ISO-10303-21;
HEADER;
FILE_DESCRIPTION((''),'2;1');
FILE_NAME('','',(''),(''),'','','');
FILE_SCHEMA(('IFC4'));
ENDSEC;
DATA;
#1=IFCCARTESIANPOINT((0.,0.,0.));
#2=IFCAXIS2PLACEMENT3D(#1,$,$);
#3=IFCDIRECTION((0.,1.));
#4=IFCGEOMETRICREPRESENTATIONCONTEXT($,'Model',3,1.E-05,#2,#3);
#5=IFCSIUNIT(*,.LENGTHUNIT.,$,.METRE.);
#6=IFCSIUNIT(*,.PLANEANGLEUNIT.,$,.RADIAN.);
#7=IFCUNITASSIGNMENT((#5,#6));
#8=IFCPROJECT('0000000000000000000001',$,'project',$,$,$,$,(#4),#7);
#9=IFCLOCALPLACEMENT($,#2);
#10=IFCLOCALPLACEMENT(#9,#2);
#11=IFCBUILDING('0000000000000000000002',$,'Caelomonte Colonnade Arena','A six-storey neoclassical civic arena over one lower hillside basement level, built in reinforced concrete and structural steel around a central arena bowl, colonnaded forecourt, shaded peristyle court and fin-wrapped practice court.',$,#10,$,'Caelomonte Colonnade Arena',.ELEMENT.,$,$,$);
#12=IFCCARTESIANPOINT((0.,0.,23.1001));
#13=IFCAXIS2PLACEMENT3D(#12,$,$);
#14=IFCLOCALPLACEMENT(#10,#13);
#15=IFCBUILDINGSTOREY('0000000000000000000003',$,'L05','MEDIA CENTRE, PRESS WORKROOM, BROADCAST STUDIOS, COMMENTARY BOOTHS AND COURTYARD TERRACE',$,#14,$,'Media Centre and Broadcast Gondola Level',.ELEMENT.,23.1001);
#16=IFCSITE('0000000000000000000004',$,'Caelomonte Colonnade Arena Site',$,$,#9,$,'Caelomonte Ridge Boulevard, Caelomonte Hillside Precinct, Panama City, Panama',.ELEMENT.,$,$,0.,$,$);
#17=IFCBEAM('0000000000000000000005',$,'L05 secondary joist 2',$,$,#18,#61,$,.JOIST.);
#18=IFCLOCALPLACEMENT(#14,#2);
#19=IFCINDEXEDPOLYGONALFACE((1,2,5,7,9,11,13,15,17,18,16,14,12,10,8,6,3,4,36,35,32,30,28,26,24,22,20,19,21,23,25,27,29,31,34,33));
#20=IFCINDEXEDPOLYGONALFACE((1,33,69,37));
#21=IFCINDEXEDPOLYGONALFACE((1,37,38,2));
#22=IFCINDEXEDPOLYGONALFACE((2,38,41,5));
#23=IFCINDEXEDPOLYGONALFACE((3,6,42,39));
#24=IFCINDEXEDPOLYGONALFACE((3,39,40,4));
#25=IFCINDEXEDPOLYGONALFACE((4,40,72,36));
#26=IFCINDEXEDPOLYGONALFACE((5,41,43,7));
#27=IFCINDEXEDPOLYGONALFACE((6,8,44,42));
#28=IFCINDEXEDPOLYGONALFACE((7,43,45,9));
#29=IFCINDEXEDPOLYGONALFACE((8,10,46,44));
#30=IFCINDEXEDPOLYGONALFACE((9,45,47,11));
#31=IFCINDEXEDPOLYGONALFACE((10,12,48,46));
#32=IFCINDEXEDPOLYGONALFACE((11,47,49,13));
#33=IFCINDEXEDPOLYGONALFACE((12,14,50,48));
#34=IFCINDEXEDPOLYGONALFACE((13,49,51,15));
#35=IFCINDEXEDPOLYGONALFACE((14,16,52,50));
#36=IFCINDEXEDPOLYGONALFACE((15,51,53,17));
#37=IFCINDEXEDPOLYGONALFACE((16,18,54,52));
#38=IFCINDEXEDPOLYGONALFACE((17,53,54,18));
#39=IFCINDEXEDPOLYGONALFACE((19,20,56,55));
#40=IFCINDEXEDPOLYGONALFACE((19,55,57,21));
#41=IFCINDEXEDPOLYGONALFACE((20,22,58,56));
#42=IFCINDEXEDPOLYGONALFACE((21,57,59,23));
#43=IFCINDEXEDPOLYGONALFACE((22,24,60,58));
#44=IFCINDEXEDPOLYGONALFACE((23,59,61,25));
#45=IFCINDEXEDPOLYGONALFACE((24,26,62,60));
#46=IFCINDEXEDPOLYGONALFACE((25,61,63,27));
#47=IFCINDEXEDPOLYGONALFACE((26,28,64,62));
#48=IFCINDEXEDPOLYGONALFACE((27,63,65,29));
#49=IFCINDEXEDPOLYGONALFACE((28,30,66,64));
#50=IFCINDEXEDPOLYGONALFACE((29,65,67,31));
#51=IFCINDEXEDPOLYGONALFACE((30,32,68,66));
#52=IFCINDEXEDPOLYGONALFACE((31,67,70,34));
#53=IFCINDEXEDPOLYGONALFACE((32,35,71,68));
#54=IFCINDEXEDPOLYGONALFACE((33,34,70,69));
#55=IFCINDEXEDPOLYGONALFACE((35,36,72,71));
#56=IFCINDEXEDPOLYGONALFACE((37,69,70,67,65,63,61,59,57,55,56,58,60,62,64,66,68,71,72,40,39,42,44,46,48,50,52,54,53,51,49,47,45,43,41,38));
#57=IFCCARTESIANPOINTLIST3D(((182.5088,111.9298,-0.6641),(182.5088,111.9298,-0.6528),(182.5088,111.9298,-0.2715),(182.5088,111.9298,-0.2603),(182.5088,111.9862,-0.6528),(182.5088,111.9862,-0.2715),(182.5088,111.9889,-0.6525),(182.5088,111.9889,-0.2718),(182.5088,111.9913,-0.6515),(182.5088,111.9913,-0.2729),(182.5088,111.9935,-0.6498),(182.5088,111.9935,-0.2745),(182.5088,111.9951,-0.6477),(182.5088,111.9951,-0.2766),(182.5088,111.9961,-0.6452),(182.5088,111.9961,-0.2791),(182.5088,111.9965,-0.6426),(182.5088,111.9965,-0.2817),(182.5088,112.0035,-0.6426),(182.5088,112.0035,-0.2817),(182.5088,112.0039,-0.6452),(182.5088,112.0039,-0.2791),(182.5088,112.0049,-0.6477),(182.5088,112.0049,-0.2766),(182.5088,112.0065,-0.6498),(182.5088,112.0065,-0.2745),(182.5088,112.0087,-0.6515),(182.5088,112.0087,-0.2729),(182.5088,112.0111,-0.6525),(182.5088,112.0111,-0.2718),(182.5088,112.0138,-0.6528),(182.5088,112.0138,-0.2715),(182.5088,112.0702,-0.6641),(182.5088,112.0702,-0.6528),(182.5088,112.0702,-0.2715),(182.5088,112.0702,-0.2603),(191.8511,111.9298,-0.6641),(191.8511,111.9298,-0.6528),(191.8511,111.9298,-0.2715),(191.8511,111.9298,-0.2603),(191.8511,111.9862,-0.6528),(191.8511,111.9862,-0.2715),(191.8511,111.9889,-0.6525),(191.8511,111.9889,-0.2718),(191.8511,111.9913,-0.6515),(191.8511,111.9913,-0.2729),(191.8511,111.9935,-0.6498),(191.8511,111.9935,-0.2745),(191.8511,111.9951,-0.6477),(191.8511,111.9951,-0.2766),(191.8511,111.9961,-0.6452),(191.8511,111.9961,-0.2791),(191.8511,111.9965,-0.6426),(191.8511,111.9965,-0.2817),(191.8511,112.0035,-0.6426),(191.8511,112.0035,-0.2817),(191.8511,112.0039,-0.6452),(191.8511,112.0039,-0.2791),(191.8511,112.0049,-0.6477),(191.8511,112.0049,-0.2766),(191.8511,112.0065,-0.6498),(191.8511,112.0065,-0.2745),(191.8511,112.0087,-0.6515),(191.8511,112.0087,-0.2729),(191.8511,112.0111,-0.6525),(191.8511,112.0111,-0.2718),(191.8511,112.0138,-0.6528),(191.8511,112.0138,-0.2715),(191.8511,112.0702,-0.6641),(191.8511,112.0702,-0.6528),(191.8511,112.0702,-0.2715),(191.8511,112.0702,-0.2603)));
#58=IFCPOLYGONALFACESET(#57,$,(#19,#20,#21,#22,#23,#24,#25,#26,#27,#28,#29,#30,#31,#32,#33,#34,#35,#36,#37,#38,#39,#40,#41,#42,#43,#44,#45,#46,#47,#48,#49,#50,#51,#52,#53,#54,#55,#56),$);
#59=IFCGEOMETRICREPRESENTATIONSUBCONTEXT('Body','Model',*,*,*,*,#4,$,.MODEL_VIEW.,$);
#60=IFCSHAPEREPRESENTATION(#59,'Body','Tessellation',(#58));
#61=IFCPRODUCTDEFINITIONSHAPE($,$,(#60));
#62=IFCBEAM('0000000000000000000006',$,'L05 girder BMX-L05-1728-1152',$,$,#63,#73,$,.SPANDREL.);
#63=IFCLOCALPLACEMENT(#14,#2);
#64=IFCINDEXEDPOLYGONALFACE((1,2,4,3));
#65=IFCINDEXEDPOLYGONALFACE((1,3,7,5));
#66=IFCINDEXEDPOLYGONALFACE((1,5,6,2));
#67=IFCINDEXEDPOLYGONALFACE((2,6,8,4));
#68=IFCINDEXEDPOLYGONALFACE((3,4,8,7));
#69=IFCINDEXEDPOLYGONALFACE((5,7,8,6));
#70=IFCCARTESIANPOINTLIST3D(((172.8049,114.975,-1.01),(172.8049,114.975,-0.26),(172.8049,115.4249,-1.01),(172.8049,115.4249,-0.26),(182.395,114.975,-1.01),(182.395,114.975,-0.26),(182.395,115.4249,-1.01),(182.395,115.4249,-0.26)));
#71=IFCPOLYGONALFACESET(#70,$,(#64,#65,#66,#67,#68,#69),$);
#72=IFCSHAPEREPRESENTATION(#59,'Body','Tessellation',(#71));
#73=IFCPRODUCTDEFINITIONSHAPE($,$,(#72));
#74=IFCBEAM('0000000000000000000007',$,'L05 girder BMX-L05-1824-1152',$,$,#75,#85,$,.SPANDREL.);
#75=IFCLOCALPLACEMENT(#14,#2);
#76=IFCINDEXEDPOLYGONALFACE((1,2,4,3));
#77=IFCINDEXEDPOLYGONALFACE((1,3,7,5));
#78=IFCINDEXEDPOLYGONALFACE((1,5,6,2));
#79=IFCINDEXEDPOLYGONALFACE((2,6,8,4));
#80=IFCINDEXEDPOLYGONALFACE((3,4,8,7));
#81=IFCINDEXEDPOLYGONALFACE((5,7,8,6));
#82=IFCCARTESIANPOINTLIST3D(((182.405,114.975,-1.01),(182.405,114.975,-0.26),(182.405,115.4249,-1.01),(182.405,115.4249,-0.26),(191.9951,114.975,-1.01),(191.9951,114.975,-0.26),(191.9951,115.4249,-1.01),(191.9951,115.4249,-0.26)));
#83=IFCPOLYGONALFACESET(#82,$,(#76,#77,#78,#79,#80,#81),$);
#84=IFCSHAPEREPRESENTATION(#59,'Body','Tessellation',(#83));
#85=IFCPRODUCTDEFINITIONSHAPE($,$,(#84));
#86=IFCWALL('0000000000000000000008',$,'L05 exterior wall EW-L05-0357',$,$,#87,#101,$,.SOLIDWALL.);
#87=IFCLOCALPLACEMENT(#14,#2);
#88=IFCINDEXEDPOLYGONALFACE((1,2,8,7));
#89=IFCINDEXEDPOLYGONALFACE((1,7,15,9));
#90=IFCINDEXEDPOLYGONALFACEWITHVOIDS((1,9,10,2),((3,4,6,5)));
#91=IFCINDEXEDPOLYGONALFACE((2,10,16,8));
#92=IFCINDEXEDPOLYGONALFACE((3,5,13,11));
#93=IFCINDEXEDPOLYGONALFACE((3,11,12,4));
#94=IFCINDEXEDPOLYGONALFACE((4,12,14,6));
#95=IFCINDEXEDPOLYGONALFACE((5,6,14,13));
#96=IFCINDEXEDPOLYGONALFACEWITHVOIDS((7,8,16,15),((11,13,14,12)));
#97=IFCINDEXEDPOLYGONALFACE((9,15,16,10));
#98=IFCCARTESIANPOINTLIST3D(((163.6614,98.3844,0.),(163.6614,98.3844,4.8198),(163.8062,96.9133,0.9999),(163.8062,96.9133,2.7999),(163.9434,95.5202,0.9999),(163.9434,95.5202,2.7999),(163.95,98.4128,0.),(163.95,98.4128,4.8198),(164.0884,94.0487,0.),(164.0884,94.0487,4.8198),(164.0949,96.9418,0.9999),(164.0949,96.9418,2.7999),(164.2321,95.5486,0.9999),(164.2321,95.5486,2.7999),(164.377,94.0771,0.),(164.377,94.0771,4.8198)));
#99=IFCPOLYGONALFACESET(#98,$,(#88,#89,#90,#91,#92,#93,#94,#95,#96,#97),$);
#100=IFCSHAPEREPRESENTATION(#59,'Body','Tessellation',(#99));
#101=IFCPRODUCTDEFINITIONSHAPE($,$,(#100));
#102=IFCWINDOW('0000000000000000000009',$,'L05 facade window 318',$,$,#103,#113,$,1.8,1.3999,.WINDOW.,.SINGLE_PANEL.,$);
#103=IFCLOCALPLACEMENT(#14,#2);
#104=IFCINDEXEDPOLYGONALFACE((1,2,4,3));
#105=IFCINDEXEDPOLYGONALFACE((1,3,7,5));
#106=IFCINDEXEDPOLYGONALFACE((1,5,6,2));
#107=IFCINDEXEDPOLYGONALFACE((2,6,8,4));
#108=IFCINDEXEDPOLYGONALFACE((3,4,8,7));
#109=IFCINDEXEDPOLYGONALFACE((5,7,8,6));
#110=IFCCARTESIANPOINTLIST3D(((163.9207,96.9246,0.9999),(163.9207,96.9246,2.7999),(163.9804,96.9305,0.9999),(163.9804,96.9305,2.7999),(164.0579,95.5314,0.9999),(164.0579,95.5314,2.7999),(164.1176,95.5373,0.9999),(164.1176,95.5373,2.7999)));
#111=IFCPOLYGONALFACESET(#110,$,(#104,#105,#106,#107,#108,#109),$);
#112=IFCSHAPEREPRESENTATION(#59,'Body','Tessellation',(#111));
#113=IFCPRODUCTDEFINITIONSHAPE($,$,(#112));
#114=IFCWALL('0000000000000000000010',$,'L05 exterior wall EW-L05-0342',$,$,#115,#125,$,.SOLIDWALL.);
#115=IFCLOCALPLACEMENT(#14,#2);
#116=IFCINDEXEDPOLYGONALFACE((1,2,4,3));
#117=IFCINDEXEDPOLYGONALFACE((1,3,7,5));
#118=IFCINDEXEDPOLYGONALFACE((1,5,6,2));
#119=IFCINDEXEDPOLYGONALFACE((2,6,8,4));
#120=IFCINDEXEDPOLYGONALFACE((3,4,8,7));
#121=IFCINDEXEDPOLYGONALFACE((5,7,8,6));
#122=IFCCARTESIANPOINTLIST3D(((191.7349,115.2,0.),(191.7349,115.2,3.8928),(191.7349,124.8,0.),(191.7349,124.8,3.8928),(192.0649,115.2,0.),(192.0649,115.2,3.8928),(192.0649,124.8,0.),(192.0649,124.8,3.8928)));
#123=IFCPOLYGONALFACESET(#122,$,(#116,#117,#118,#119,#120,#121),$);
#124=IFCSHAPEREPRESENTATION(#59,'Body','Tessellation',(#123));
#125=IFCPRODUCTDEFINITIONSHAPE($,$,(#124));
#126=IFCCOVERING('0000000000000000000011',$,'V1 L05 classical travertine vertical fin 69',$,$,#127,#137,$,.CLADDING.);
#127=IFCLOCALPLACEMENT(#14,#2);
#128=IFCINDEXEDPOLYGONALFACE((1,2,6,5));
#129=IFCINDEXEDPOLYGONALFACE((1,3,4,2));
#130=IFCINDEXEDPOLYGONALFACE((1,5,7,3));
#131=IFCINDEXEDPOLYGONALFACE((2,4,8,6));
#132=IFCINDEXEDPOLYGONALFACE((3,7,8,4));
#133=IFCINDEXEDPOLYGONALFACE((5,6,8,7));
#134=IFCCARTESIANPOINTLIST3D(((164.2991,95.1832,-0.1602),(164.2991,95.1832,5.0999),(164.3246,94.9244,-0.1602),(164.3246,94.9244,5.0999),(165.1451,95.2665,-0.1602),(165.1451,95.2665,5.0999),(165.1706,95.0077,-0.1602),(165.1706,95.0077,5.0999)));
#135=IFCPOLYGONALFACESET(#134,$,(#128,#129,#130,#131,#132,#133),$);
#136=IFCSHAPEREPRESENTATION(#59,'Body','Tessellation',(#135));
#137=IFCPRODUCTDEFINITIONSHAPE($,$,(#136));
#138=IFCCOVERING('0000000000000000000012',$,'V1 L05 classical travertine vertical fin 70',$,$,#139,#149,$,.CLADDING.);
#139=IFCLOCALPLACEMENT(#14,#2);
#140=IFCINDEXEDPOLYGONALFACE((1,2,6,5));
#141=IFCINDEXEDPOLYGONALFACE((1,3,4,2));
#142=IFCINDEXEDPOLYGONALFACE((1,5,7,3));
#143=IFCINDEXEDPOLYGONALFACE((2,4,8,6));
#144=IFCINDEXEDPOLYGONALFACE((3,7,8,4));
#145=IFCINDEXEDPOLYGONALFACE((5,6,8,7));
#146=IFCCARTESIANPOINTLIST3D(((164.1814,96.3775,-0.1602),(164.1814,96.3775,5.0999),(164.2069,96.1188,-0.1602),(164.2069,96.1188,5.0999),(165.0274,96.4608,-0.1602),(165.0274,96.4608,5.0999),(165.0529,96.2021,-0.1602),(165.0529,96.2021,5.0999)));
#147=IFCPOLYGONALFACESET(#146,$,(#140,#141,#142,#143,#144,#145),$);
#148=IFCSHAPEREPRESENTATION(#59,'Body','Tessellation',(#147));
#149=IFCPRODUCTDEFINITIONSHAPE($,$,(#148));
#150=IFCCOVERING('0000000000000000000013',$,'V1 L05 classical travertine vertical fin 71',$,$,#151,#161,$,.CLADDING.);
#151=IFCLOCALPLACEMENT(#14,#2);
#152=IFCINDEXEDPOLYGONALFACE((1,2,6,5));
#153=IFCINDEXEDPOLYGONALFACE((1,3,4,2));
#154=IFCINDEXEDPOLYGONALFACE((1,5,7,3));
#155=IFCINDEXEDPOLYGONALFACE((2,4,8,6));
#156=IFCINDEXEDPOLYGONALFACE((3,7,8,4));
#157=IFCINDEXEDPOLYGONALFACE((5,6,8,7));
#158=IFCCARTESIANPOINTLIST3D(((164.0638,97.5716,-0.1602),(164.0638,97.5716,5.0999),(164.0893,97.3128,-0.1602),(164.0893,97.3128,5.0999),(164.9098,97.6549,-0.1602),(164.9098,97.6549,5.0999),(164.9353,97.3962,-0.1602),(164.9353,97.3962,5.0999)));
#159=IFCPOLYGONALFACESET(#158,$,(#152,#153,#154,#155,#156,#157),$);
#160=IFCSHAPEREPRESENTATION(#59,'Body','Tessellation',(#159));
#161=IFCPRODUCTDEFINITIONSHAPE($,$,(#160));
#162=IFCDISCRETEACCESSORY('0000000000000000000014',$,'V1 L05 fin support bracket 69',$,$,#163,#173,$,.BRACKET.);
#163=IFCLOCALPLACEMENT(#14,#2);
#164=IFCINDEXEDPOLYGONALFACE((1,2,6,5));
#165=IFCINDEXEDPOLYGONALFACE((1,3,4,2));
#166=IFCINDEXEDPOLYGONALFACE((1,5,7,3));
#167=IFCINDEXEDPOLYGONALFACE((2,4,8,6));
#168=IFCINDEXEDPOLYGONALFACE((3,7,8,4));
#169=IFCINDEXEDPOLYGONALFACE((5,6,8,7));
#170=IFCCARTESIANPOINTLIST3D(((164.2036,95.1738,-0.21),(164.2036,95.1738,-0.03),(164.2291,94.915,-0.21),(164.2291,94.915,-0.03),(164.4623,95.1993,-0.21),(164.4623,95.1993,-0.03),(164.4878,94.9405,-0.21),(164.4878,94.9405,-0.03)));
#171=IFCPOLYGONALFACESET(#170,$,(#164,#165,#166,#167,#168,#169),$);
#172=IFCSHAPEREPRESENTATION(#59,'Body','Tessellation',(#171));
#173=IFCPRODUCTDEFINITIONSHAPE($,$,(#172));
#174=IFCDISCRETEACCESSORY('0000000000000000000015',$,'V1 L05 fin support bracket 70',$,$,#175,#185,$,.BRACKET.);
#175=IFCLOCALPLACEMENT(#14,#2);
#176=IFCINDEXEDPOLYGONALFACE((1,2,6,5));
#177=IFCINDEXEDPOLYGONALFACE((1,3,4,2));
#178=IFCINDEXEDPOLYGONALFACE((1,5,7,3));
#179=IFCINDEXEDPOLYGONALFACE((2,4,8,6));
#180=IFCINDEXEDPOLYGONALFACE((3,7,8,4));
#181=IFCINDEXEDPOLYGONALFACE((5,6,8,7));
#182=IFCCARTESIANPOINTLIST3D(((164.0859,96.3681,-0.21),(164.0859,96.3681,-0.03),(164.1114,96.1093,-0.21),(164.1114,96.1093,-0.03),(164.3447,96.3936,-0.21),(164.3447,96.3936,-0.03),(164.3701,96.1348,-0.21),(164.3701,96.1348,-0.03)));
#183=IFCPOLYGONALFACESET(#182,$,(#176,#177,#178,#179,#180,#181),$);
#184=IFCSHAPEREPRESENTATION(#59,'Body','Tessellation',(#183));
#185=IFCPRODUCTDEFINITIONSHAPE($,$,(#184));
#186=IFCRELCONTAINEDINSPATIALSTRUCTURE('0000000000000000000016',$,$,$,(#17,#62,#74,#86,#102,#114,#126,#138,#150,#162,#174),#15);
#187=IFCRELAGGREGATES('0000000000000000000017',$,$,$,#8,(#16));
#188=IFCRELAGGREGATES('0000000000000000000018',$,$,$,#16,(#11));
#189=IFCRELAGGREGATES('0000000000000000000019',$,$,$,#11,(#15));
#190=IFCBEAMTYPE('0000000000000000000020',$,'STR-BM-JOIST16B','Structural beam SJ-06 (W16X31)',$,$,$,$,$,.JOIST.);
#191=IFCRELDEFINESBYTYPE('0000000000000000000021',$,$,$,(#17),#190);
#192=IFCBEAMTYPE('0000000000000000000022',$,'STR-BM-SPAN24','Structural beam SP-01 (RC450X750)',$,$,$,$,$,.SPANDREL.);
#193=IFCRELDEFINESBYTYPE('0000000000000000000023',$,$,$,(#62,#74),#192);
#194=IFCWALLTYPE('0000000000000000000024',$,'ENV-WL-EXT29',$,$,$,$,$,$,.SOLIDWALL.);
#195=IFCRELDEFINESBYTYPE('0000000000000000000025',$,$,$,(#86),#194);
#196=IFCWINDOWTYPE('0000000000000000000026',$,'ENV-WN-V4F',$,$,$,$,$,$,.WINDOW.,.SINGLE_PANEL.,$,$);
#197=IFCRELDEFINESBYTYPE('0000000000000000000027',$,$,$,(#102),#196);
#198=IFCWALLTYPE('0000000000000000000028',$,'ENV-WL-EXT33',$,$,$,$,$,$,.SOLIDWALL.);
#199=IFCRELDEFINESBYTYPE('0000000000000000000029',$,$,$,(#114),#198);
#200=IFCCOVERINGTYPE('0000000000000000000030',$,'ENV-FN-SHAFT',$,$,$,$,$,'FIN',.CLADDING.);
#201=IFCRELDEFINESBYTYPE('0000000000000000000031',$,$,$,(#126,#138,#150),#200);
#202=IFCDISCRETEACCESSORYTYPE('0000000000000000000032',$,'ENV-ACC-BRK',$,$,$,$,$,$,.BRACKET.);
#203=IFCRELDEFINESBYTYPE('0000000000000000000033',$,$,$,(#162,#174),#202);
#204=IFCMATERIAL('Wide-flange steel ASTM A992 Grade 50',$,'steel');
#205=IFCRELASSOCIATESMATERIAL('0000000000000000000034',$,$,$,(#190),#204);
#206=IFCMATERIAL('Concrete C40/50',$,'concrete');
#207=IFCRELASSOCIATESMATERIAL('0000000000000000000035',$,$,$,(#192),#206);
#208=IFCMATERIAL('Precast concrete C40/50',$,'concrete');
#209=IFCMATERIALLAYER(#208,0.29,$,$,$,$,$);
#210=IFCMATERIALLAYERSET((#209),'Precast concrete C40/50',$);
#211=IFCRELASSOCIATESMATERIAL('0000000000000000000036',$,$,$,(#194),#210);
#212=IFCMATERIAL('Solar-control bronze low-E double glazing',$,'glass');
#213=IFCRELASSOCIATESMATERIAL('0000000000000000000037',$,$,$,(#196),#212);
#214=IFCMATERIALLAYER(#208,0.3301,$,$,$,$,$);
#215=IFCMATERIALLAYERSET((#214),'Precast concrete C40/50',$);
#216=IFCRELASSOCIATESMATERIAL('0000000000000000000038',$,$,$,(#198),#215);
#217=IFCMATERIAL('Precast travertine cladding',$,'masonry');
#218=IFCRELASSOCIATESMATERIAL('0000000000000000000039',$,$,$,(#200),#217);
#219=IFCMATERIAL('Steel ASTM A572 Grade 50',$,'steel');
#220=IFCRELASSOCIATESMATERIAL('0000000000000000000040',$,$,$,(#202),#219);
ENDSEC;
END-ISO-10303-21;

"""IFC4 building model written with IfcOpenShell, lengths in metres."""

from ifc_helpers import new_model, si_unit, direction, frame, frame_2d, origin, origin_2d, place, context, subcontext, project, spatial, rectangle, i_section, extrude, material, layer, layer_set, material_profile, profile_set, type_object, element, fill, save


model = new_model("IFC4")

# Units and contexts
model_context = context("Model", 3, precision=1e-05, world=origin(), true_north=direction((0.0, 1.0)))
body_context = subcontext(model_context, "Body", "Model", "MODEL_VIEW")
ifc_project = project(units=[si_unit("LENGTHUNIT", "METRE"), si_unit("PLANEANGLEUNIT", "RADIAN")], contexts=[model_context])

# Site, building, storey
site_placement = place(None, origin())
site = spatial("IfcSite", under=ifc_project, at=site_placement, Name="Caelomonte Colonnade Arena Site", LongName="Caelomonte Ridge Boulevard, Caelomonte Hillside Precinct, Panama City, Panama", CompositionType="ELEMENT", RefElevation=0.0)
building_placement = place(site_placement, origin())
building = spatial("IfcBuilding", under=site, at=building_placement, Name="Caelomonte Colonnade Arena", Description="A six-storey neoclassical civic arena over one lower hillside basement level, built in reinforced concrete and structural steel around a central arena bowl, colonnaded forecourt, shaded peristyle court and fin-wrapped practice court.", LongName="Caelomonte Colonnade Arena", CompositionType="ELEMENT")
storey_placement = place(building_placement, frame((0.0, 0.0, 23.1001)))
storey = spatial("IfcBuildingStorey", under=building, at=storey_placement, Name="L05", Description="MEDIA CENTRE, PRESS WORKROOM, BROADCAST STUDIOS, COMMENTARY BOOTHS AND COURTYARD TERRACE", LongName="Media Centre and Broadcast Gondola Level", CompositionType="ELEMENT", Elevation=23.1001)

# Shared definitions
ifc_material_1 = material(Name="Wide-flange steel ASTM A992 Grade 50", Category="steel")

# Beams
ifc_material_profile_1 = material_profile(ifc_material_1, i_section(OverallWidth=0.1404, OverallDepth=0.4038, WebThickness=0.0071, FlangeThickness=0.0112, FilletRadius=0.0103, at=origin_2d()), Name="W16X31")
ifc_profile_set_1 = profile_set([ifc_material_profile_1], Name="Wide-flange steel ASTM A992 Grade 50")
beam_type_1 = type_object("IfcBeamType", Name="STR-BM-JOIST16B", Description="Structural beam SJ-06 (W16X31)", PredefinedType="JOIST", material=ifc_profile_set_1)
for number, where, z_axis, x_axis, name in (
    (1, (182.5088, 112.0, -0.4622), (1.0, 0.0, 0.0), (0.0, 1.0, 0.0), "L05 secondary joist 2"),
):
    element("IfcBeam", number, at=place(storey_placement, frame(where, z_axis=z_axis, x_axis=x_axis)), inside=storey, type_object=beam_type_1, Name=name, PredefinedType="JOIST", context=body_context, shape_type="SweptSolid", body=[
        extrude(i_section(OverallWidth=0.1404, OverallDepth=0.4038, WebThickness=0.0071, FlangeThickness=0.0112, FilletRadius=0.0103, at=origin_2d()), origin(), (0.0, 0.0, 1.0), 9.3423),
    ])
ifc_material_2 = material(Name="Concrete C40/50", Category="concrete")
ifc_material_profile_2 = material_profile(ifc_material_2, rectangle(XDim=0.45, YDim=0.75, at=origin_2d()), Name="RC450X750")
ifc_profile_set_2 = profile_set([ifc_material_profile_2], Name="Concrete C40/50")
beam_type_2 = type_object("IfcBeamType", Name="STR-BM-SPAN24", Description="Structural beam SP-01 (RC450X750)", PredefinedType="SPANDREL", material=ifc_profile_set_2)
for number, where, z_axis, x_axis, name in (
    (2, (172.8049, 115.2, -0.635), (1.0, 0.0, 0.0), (0.0, 1.0, 0.0), "L05 girder BMX-L05-1728-1152"),
    (3, (182.405, 115.2, -0.635), (1.0, 0.0, 0.0), (0.0, 1.0, 0.0), "L05 girder BMX-L05-1824-1152"),
):
    element("IfcBeam", number, at=place(storey_placement, frame(where, z_axis=z_axis, x_axis=x_axis)), inside=storey, type_object=beam_type_2, Name=name, PredefinedType="SPANDREL", context=body_context, shape_type="SweptSolid", body=[
        extrude(rectangle(XDim=0.45, YDim=0.75, at=origin_2d()), origin(), (0.0, 0.0, 1.0), 9.5901),
    ])

# Wall, opening, window
ifc_material_3 = material(Name="Precast concrete C40/50", Category="concrete")
ifc_layer_1 = layer(ifc_material_3, 0.29)
ifc_layer_set_1 = layer_set([ifc_layer_1], Name="Precast concrete C40/50")
wall_type_1 = type_object("IfcWallType", Name="ENV-WL-EXT29", PredefinedType="SOLIDWALL", material=ifc_layer_set_1)
wall_1_placement = place(storey_placement, frame((164.2327, 94.063, 0.0), z_axis=(0.0, 0.0, 1.0), x_axis=(-0.098011, 0.995185, 0.0)))
wall_1 = element("IfcWall", 4, at=wall_1_placement, inside=storey, type_object=wall_type_1, Name="L05 exterior wall EW-L05-0357", PredefinedType="SOLIDWALL", context=body_context, shape_type="SweptSolid", body=[
    extrude(rectangle(XDim=4.3567, YDim=0.29, at=frame_2d((2.1782, 0.0))), origin(), (0.0, 0.0, 1.0), 4.8198),
])
opening_placement = place(wall_1_placement, frame((2.8784, 0.0, 1.0), z_axis=(0.0, 0.0, 1.0), x_axis=(-1.0, 0.0, 0.0)))
opening = element("IfcOpeningElement", 5, at=opening_placement, cuts=wall_1, PredefinedType="OPENING", context=body_context, shape_type="SweptSolid", body=[
    extrude(rectangle(XDim=1.3999, YDim=1.8, at=frame_2d((0.7, 0.8999))), frame((0.0, 0.155, 0.0), z_axis=(0.0, -1.0, 0.0), x_axis=(1.0, 0.0, 0.0)), (0.0, 0.0, 1.0), 0.3101),
])
ifc_material_4 = material(Name="Solar-control bronze low-E double glazing", Category="glass")
window_type = type_object("IfcWindowType", Name="ENV-WN-V4F", PartitioningType="SINGLE_PANEL", PredefinedType="WINDOW", material=ifc_material_4)
window_placement = place(opening_placement, origin())
window = element("IfcWindow", 6, at=window_placement, inside=storey, type_object=window_type, Name="L05 facade window 318", OverallHeight=1.8, OverallWidth=1.3999, PartitioningType="SINGLE_PANEL", PredefinedType="WINDOW", context=body_context, shape_type="SweptSolid", body=[
    extrude(rectangle(XDim=1.3999, YDim=1.8, at=frame_2d((0.7, 0.8999))), frame((0.0, 0.03, 0.0), z_axis=(0.0, -1.0, 0.0), x_axis=(1.0, 0.0, 0.0)), (0.0, 0.0, 1.0), 0.0601),
])
fill(opening, window)

# Wall
ifc_layer_2 = layer(ifc_material_3, 0.3301)
ifc_layer_set_2 = layer_set([ifc_layer_2], Name="Precast concrete C40/50")
wall_type_2 = type_object("IfcWallType", Name="ENV-WL-EXT33", PredefinedType="SOLIDWALL", material=ifc_layer_set_2)
wall_2_placement = place(storey_placement, frame((191.8999, 115.2, 0.0), z_axis=(0.0, 0.0, 1.0), x_axis=(0.0, 1.0, 0.0)))
element("IfcWall", 7, at=wall_2_placement, inside=storey, type_object=wall_type_2, Name="L05 exterior wall EW-L05-0342", PredefinedType="SOLIDWALL", context=body_context, shape_type="SweptSolid", body=[
    extrude(rectangle(XDim=9.6001, YDim=0.3301, at=frame_2d((4.8, 0.0))), origin(), (0.0, 0.0, 1.0), 3.8928),
])

# Coverings
ifc_material_5 = material(Name="Precast travertine cladding", Category="masonry")
ifc_material_profile_3 = material_profile(ifc_material_5, rectangle(XDim=0.26, YDim=0.8501, at=origin_2d()), Name="FIN260X850")
ifc_profile_set_3 = profile_set([ifc_material_profile_3], Name="Precast travertine cladding")
covering_type = type_object("IfcCoveringType", Name="ENV-FN-SHAFT", ElementType="FIN", PredefinedType="CLADDING", material=ifc_profile_set_3)
for number, where, z_axis, x_axis, name in (
    (8, (164.7349, 95.0955, -0.1602), (0.0, 0.0, 1.0), (0.098015, -0.995185, 0.0), "V1 L05 classical travertine vertical fin 69"),
    (9, (164.6172, 96.2898, -0.1602), (0.0, 0.0, 1.0), (0.098015, -0.995185, 0.0), "V1 L05 classical travertine vertical fin 70"),
    (10, (164.4995, 97.4839, -0.1602), (0.0, 0.0, 1.0), (0.098015, -0.995185, 0.0), "V1 L05 classical travertine vertical fin 71"),
):
    element("IfcCovering", number, at=place(storey_placement, frame(where, z_axis=z_axis, x_axis=x_axis)), inside=storey, type_object=covering_type, Name=name, PredefinedType="CLADDING", context=body_context, shape_type="SweptSolid", body=[
        extrude(rectangle(XDim=0.26, YDim=0.8501, at=origin_2d()), origin(), (0.0, 0.0, 1.0), 5.26),
    ])

# Discrete accessories
ifc_material_6 = material(Name="Steel ASTM A572 Grade 50", Category="steel")
discrete_accessory_type = type_object("IfcDiscreteAccessoryType", Name="ENV-ACC-BRK", PredefinedType="BRACKET", material=ifc_material_6)
for number, where, z_axis, x_axis, name in (
    (11, (164.3457, 95.0571, -0.21), (0.0, 0.0, 1.0), (-0.098015, 0.995185, 0.0), "V1 L05 fin support bracket 69"),
    (12, (164.228, 96.2515, -0.21), (0.0, 0.0, 1.0), (-0.098015, 0.995185, 0.0), "V1 L05 fin support bracket 70"),
):
    element("IfcDiscreteAccessory", number, at=place(storey_placement, frame(where, z_axis=z_axis, x_axis=x_axis)), inside=storey, type_object=discrete_accessory_type, Name=name, PredefinedType="BRACKET", context=body_context, shape_type="SweptSolid", body=[
        extrude(rectangle(XDim=0.26, YDim=0.26, at=origin_2d()), origin(), (0.0, 0.0, 1.0), 0.1799),
    ])

save(model, "model.ifc")
